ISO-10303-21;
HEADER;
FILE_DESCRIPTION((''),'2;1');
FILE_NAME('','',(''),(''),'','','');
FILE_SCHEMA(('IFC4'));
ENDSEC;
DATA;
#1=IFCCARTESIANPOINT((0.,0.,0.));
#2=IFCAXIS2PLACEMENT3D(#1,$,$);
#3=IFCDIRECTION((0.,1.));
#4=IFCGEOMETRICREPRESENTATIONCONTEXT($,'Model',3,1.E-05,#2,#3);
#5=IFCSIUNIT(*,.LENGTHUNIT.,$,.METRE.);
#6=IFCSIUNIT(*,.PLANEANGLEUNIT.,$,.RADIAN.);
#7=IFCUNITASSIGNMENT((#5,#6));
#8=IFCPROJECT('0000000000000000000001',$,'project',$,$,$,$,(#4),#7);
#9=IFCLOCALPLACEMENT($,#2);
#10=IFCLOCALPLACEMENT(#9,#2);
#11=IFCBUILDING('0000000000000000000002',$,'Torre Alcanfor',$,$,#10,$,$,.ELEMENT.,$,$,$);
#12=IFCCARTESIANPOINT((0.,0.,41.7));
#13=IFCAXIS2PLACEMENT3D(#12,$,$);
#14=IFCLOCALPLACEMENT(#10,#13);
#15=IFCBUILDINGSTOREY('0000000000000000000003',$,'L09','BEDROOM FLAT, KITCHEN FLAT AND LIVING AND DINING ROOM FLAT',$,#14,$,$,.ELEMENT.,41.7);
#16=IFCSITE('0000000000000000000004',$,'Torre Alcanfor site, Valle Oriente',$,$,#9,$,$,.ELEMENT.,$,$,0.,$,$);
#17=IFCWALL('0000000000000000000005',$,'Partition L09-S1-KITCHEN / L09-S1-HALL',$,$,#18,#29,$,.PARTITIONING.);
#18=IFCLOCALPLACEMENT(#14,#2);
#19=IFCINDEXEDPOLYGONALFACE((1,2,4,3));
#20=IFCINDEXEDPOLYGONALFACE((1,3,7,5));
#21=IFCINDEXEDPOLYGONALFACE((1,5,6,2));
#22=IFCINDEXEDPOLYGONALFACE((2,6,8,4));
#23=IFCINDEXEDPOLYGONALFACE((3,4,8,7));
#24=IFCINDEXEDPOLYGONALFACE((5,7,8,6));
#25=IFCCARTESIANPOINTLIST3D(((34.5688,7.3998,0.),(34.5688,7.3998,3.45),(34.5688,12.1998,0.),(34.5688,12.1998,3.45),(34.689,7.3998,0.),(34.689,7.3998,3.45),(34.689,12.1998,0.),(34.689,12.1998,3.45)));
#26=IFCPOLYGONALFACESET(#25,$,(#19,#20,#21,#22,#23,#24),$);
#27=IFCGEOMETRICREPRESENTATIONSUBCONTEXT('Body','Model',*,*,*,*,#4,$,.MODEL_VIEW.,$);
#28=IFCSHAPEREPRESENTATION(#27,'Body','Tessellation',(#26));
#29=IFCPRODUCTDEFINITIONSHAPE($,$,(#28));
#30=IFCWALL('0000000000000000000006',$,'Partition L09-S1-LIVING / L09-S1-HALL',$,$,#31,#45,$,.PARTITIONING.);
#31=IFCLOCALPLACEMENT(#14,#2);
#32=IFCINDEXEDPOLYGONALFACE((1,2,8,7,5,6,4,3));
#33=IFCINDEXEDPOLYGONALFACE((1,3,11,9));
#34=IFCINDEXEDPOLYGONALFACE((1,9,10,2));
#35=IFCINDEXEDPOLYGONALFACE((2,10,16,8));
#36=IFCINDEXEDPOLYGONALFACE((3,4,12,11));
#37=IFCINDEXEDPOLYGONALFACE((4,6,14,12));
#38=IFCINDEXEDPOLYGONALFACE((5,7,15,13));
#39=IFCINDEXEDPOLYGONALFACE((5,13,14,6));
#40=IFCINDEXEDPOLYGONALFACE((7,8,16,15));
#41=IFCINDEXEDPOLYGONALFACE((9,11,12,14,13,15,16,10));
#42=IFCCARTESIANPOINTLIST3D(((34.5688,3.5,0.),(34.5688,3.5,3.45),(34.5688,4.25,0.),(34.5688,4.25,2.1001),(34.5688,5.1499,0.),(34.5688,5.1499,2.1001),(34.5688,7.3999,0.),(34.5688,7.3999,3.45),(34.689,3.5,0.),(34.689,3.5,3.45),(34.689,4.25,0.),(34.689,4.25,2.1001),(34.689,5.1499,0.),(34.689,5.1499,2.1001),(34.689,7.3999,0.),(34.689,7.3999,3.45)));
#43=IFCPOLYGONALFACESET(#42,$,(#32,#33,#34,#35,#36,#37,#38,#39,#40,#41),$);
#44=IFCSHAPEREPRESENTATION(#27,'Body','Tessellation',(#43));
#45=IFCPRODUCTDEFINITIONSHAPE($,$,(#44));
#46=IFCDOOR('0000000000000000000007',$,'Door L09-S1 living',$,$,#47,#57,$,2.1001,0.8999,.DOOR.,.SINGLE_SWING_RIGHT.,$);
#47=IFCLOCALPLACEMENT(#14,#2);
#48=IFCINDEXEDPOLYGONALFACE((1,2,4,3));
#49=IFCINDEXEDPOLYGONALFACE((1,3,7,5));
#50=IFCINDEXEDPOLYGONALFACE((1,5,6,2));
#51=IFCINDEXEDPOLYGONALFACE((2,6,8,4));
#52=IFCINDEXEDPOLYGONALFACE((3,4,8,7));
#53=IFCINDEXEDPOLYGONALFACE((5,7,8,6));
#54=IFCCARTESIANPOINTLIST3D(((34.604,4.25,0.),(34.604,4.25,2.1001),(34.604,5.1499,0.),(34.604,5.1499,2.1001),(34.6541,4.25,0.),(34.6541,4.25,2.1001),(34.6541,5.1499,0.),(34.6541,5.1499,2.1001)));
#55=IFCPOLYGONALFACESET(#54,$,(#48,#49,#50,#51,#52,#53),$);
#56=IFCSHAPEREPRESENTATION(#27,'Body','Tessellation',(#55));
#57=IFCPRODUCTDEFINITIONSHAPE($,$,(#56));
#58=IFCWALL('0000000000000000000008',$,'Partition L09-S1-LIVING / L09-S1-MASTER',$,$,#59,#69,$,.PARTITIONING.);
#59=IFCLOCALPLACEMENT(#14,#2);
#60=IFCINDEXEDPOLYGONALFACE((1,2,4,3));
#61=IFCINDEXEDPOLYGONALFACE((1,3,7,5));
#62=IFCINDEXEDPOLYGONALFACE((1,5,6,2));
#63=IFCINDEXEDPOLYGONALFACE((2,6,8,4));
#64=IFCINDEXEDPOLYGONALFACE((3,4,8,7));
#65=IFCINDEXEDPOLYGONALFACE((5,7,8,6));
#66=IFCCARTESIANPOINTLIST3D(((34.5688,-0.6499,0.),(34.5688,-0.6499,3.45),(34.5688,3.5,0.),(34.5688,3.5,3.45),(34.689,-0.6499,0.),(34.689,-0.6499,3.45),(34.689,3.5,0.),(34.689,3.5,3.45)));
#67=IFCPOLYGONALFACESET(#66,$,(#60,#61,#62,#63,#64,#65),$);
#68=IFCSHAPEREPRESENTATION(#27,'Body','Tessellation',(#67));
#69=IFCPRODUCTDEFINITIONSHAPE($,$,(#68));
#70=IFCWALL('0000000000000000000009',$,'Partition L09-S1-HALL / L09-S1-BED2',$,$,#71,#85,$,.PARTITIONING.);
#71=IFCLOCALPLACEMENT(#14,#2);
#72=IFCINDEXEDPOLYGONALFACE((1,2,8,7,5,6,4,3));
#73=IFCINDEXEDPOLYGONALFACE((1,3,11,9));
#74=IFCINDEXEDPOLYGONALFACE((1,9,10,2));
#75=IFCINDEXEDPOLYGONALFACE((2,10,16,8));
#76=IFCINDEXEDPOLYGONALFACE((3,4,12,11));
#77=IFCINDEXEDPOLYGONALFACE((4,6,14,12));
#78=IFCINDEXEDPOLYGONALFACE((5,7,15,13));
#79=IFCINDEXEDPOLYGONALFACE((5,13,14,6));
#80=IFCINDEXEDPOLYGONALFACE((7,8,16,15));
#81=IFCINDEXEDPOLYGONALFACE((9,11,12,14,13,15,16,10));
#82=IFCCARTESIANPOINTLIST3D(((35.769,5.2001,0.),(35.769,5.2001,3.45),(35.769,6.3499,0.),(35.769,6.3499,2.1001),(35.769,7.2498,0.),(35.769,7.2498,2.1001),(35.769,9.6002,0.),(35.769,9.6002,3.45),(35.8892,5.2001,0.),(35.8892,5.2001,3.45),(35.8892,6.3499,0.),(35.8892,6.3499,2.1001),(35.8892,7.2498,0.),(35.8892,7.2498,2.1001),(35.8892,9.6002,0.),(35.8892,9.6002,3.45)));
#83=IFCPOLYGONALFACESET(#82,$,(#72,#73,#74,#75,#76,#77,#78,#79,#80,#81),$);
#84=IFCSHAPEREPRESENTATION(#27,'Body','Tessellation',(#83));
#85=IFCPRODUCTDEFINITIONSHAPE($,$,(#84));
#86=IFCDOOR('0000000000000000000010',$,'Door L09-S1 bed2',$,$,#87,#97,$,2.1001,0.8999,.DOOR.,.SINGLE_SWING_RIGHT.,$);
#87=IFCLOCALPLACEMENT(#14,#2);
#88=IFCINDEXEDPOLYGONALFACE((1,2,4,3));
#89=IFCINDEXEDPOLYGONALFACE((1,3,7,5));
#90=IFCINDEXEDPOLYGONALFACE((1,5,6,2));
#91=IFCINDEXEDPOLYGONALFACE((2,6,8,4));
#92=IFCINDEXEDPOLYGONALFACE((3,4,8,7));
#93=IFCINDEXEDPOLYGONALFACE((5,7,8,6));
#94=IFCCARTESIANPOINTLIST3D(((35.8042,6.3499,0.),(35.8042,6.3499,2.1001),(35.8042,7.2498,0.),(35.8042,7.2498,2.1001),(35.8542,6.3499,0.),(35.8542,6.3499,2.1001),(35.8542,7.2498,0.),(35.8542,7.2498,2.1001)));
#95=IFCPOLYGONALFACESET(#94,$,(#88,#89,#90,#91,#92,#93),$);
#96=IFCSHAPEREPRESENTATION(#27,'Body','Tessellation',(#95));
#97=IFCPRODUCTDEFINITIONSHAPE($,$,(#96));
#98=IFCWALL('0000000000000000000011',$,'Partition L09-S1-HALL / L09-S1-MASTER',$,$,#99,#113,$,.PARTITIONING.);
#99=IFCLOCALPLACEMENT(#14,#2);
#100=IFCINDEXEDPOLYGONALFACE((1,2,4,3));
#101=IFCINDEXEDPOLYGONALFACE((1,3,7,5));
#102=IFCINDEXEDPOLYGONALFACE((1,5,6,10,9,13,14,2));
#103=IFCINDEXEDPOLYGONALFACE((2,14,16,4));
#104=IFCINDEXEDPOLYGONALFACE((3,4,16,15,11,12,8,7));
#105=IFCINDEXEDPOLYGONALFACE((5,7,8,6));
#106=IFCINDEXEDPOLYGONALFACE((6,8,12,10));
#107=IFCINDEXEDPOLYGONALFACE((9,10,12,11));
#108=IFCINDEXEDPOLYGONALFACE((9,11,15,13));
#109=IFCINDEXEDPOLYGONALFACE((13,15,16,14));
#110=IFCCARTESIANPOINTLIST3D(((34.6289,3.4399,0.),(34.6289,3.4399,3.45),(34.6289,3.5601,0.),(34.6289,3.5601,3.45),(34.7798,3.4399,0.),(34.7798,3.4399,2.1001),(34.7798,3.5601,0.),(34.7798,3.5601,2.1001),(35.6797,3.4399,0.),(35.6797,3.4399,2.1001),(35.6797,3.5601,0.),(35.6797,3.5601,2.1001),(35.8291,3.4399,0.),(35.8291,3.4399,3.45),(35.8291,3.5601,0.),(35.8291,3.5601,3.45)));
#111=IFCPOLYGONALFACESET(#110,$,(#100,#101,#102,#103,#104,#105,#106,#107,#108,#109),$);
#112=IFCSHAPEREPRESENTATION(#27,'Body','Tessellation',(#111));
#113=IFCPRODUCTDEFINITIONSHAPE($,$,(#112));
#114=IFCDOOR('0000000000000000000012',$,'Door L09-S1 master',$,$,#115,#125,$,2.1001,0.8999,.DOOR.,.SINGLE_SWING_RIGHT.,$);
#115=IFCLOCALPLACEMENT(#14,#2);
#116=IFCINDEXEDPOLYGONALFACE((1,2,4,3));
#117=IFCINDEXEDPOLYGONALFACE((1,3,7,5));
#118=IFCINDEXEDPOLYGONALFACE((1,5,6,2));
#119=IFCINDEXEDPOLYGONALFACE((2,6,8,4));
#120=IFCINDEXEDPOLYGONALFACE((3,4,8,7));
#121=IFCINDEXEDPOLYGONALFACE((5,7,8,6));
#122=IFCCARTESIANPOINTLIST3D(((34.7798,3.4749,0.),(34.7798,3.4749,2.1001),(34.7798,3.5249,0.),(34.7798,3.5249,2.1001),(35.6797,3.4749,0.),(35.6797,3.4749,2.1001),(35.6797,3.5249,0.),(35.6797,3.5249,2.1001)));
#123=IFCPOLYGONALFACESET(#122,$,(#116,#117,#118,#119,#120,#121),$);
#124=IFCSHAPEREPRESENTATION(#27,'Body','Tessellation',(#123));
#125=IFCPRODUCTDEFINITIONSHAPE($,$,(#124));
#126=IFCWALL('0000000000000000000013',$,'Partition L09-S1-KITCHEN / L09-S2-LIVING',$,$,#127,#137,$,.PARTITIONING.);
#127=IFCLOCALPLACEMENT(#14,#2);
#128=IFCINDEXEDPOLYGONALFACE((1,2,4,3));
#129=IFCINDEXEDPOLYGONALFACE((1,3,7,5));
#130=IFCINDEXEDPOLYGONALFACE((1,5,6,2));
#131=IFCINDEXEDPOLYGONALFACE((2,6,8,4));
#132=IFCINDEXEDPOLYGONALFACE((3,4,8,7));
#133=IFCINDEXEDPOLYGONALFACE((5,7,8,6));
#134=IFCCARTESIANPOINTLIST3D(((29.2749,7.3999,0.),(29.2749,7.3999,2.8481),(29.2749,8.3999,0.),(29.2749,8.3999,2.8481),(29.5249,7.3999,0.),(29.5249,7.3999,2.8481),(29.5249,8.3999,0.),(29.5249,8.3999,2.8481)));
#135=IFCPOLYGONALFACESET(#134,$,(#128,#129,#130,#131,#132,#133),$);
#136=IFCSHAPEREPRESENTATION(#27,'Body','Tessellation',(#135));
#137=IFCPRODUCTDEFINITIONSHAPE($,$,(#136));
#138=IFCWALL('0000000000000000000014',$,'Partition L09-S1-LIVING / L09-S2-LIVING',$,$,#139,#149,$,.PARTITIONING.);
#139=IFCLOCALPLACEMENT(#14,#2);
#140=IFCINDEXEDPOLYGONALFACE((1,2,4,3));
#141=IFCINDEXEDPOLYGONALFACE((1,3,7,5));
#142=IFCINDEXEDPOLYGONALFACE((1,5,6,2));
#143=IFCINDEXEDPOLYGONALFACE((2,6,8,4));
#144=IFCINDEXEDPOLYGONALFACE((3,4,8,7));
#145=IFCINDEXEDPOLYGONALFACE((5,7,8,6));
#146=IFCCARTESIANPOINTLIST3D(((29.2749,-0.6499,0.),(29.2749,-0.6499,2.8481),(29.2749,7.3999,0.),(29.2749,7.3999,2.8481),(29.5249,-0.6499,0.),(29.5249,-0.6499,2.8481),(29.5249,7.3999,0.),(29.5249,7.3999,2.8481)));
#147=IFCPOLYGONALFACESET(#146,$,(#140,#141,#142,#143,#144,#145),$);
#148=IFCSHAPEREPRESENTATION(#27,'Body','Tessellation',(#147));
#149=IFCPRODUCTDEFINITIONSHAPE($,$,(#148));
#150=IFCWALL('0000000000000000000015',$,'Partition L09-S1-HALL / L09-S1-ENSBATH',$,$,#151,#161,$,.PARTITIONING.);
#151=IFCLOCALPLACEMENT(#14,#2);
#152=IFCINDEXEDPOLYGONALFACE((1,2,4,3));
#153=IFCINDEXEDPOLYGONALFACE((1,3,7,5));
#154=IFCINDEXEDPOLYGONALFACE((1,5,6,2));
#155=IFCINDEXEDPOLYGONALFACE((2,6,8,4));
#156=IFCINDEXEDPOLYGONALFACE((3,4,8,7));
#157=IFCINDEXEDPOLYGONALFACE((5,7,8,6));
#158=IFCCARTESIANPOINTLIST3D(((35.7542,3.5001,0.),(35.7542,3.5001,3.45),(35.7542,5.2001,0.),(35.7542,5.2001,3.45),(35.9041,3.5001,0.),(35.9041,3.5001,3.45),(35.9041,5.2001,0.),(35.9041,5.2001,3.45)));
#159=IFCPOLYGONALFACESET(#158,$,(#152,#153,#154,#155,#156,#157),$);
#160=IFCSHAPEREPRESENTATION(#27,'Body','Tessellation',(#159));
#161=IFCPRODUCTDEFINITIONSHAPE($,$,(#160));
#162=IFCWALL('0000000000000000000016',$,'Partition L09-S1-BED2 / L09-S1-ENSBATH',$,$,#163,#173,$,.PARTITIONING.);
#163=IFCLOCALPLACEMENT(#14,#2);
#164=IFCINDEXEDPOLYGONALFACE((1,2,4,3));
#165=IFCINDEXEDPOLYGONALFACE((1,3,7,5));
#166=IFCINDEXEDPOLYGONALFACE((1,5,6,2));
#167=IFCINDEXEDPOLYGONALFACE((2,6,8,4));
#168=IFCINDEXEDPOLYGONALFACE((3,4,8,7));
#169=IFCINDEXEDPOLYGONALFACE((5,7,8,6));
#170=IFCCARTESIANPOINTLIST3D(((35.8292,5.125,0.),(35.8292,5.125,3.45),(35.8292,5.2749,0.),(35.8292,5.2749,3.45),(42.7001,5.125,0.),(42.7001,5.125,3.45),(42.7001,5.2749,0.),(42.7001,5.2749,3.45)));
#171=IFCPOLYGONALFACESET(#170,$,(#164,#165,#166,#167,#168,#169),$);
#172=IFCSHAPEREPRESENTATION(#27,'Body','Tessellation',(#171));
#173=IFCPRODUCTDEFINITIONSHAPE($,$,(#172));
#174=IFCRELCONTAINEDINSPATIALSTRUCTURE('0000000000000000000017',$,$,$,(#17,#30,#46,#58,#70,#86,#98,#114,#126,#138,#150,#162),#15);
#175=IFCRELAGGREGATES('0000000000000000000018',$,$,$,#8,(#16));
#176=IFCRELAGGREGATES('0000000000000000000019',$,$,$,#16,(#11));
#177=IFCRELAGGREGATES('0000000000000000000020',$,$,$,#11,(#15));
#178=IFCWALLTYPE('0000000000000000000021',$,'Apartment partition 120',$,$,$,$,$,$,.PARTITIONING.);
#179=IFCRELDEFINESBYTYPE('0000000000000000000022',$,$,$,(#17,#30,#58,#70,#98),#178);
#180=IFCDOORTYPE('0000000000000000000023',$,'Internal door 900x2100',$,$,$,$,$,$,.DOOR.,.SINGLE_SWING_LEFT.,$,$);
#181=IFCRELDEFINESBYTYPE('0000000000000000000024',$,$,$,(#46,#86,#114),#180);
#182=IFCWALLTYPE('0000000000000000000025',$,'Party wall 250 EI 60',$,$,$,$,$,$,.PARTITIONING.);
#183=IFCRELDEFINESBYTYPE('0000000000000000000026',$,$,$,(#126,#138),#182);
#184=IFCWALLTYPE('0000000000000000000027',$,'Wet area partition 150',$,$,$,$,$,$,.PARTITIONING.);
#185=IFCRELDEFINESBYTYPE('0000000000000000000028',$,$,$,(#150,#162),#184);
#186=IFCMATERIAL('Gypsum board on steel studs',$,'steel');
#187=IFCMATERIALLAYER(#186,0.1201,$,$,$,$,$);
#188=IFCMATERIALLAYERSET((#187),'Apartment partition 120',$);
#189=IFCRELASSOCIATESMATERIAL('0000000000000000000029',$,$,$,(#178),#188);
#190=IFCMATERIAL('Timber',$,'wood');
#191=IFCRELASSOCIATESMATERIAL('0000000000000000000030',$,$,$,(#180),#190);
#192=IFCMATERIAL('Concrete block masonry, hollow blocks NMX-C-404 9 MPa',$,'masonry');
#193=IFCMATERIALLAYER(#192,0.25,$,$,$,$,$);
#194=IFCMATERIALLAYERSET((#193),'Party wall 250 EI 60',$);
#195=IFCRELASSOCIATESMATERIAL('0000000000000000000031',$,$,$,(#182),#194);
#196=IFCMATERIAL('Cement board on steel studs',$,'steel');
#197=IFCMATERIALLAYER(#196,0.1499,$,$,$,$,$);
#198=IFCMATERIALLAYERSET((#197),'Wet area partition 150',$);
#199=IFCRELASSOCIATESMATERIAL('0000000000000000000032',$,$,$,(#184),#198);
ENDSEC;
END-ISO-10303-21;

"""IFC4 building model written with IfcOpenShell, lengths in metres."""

from ifc_helpers import new_model, si_unit, direction, frame, frame_2d, origin, place, context, subcontext, project, spatial, rectangle, extrude, material, layer, layer_set, type_object, element, fill, save


model = new_model("IFC4")

# Units and contexts
model_context = context("Model", 3, precision=1e-05, world=origin(), true_north=direction((0.0, 1.0)))
body_context = subcontext(model_context, "Body", "Model", "MODEL_VIEW")
ifc_project = project(units=[si_unit("LENGTHUNIT", "METRE"), si_unit("PLANEANGLEUNIT", "RADIAN")], contexts=[model_context])

# Site, building, storey
site_placement = place(None, origin())
site = spatial("IfcSite", under=ifc_project, at=site_placement, Name="Torre Alcanfor site, Valle Oriente", CompositionType="ELEMENT", RefElevation=0.0)
building_placement = place(site_placement, origin())
building = spatial("IfcBuilding", under=site, at=building_placement, Name="Torre Alcanfor", CompositionType="ELEMENT")
storey_placement = place(building_placement, frame((0.0, 0.0, 41.7)))
storey = spatial("IfcBuildingStorey", under=building, at=storey_placement, Name="L09", Description="BEDROOM FLAT, KITCHEN FLAT AND LIVING AND DINING ROOM FLAT", CompositionType="ELEMENT", Elevation=41.7)

# Wall
ifc_material_1 = material(Name="Gypsum board on steel studs", Category="steel")
ifc_layer_1 = layer(ifc_material_1, 0.1201)
ifc_layer_set_1 = layer_set([ifc_layer_1], Name="Apartment partition 120")
wall_type_1 = type_object("IfcWallType", Name="Apartment partition 120", PredefinedType="PARTITIONING", material=ifc_layer_set_1)
wall_1_placement = place(storey_placement, frame((34.6289, 7.3999, 0.0), z_axis=(0.0, 0.0, 1.0), x_axis=(0.0, 1.0, 0.0)))
element("IfcWall", 1, at=wall_1_placement, inside=storey, type_object=wall_type_1, Name="Partition L09-S1-KITCHEN / L09-S1-HALL", PredefinedType="PARTITIONING", context=body_context, shape_type="SweptSolid", body=[
    extrude(rectangle(XDim=4.8, YDim=0.1201, at=frame_2d((2.3999, 0.0))), origin(), (0.0, 0.0, 1.0), 3.45),
])

# Wall, opening, door
wall_2_placement = place(storey_placement, frame((34.6289, 3.5, 0.0), z_axis=(0.0, 0.0, 1.0), x_axis=(0.0, 1.0, 0.0)))
wall_2 = element("IfcWall", 2, at=wall_2_placement, inside=storey, type_object=wall_type_1, Name="Partition L09-S1-LIVING / L09-S1-HALL", PredefinedType="PARTITIONING", context=body_context, shape_type="SweptSolid", body=[
    extrude(rectangle(XDim=3.8999, YDim=0.1201, at=frame_2d((1.95, 0.0))), origin(), (0.0, 0.0, 1.0), 3.45),
])
opening_1_placement = place(wall_2_placement, frame((0.75, 0.0, 0.0)))
opening_1 = element("IfcOpeningElement", 3, at=opening_1_placement, cuts=wall_2, PredefinedType="OPENING", context=body_context, shape_type="SweptSolid", body=[
    extrude(rectangle(XDim=0.8999, YDim=2.1001, at=frame_2d((0.45, 1.05))), frame((0.0, 0.0701, 0.0), z_axis=(0.0, -1.0, 0.0), x_axis=(1.0, 0.0, 0.0)), (0.0, 0.0, 1.0), 0.1401),
])
ifc_material_2 = material(Name="Timber", Category="wood")
door_type_1 = type_object("IfcDoorType", Name="Internal door 900x2100", OperationType="SINGLE_SWING_LEFT", PredefinedType="DOOR", material=ifc_material_2)
door_1_placement = place(opening_1_placement, origin())
door_1 = element("IfcDoor", 4, at=door_1_placement, inside=storey, type_object=door_type_1, Name="Door L09-S1 living", OperationType="SINGLE_SWING_RIGHT", OverallHeight=2.1001, OverallWidth=0.8999, PredefinedType="DOOR", context=body_context, shape_type="SweptSolid", body=[
    extrude(rectangle(XDim=0.8999, YDim=2.1001, at=frame_2d((0.45, 1.05))), frame((0.0, 0.0249, 0.0), z_axis=(0.0, -1.0, 0.0), x_axis=(1.0, 0.0, 0.0)), (0.0, 0.0, 1.0), 0.05),
])
fill(opening_1, door_1)

# Wall
wall_3_placement = place(storey_placement, frame((34.6289, -0.6499, 0.0), z_axis=(0.0, 0.0, 1.0), x_axis=(0.0, 1.0, 0.0)))
element("IfcWall", 5, at=wall_3_placement, inside=storey, type_object=wall_type_1, Name="Partition L09-S1-LIVING / L09-S1-MASTER", PredefinedType="PARTITIONING", context=body_context, shape_type="SweptSolid", body=[
    extrude(rectangle(XDim=4.1499, YDim=0.1201, at=frame_2d((2.075, 0.0))), origin(), (0.0, 0.0, 1.0), 3.45),
])

# Walls, openings, doors
wall_4_placement = place(storey_placement, frame((35.8291, 5.2, 0.0), z_axis=(0.0, 0.0, 1.0), x_axis=(0.0, 1.0, 0.0)))
wall_4 = element("IfcWall", 6, at=wall_4_placement, inside=storey, type_object=wall_type_1, Name="Partition L09-S1-HALL / L09-S1-BED2", PredefinedType="PARTITIONING", context=body_context, shape_type="SweptSolid", body=[
    extrude(rectangle(XDim=4.4001, YDim=0.1201, at=frame_2d((2.2002, 0.0))), origin(), (0.0, 0.0, 1.0), 3.45),
])
opening_2_placement = place(wall_4_placement, frame((1.1499, 0.0, 0.0)))
opening_2 = element("IfcOpeningElement", 7, at=opening_2_placement, cuts=wall_4, PredefinedType="OPENING", context=body_context, shape_type="SweptSolid", body=[
    extrude(rectangle(XDim=0.8999, YDim=2.1001, at=frame_2d((0.45, 1.05))), frame((0.0, 0.0701, 0.0), z_axis=(0.0, -1.0, 0.0), x_axis=(1.0, 0.0, 0.0)), (0.0, 0.0, 1.0), 0.1401),
])
door_2_placement = place(opening_2_placement, frame((0.8999, 0.0, 0.0), z_axis=(0.0, 0.0, 1.0), x_axis=(-1.0, 0.0, 0.0)))
door_2 = element("IfcDoor", 8, at=door_2_placement, inside=storey, type_object=door_type_1, Name="Door L09-S1 bed2", OperationType="SINGLE_SWING_RIGHT", OverallHeight=2.1001, OverallWidth=0.8999, PredefinedType="DOOR", context=body_context, shape_type="SweptSolid", body=[
    extrude(rectangle(XDim=0.8999, YDim=2.1001, at=frame_2d((0.45, 1.05))), frame((0.0, 0.0251, 0.0), z_axis=(0.0, -1.0, 0.0), x_axis=(1.0, 0.0, 0.0)), (0.0, 0.0, 1.0), 0.05),
])
fill(opening_2, door_2)
wall_5_placement = place(storey_placement, frame((34.6289, 3.5, 0.0), z_axis=(0.0, 0.0, 1.0), x_axis=(1.0, 0.0, 0.0)))
wall_5 = element("IfcWall", 9, at=wall_5_placement, inside=storey, type_object=wall_type_1, Name="Partition L09-S1-HALL / L09-S1-MASTER", PredefinedType="PARTITIONING", context=body_context, shape_type="SweptSolid", body=[
    extrude(rectangle(XDim=1.2002, YDim=0.1201, at=frame_2d((0.6001, 0.0))), origin(), (0.0, 0.0, 1.0), 3.45),
])
opening_3_placement = place(wall_5_placement, frame((0.1509, 0.0, 0.0)))
opening_3 = element("IfcOpeningElement", 10, at=opening_3_placement, cuts=wall_5, PredefinedType="OPENING", context=body_context, shape_type="SweptSolid", body=[
    extrude(rectangle(XDim=0.8999, YDim=2.1001, at=frame_2d((0.45, 1.05))), frame((0.0, 0.0701, 0.0), z_axis=(0.0, -1.0, 0.0), x_axis=(1.0, 0.0, 0.0)), (0.0, 0.0, 1.0), 0.1401),
])
door_3_placement = place(opening_3_placement, frame((0.8999, 0.0, 0.0), z_axis=(0.0, 0.0, 1.0), x_axis=(-1.0, 0.0, 0.0)))
door_3 = element("IfcDoor", 11, at=door_3_placement, inside=storey, type_object=door_type_1, Name="Door L09-S1 master", OperationType="SINGLE_SWING_RIGHT", OverallHeight=2.1001, OverallWidth=0.8999, PredefinedType="DOOR", context=body_context, shape_type="SweptSolid", body=[
    extrude(rectangle(XDim=0.8999, YDim=2.1001, at=frame_2d((0.45, 1.05))), frame((0.0, 0.0251, 0.0), z_axis=(0.0, -1.0, 0.0), x_axis=(1.0, 0.0, 0.0)), (0.0, 0.0, 1.0), 0.05),
])
fill(opening_3, door_3)

# Walls
ifc_material_3 = material(Name="Concrete block masonry, hollow blocks NMX-C-404 9 MPa", Category="masonry")
ifc_layer_2 = layer(ifc_material_3, 0.25)
ifc_layer_set_2 = layer_set([ifc_layer_2], Name="Party wall 250 EI 60")
wall_type_2 = type_object("IfcWallType", Name="Party wall 250 EI 60", PredefinedType="PARTITIONING", material=ifc_layer_set_2)
wall_6_placement = place(storey_placement, frame((29.3999, 8.3999, 0.0), z_axis=(0.0, 0.0, 1.0), x_axis=(0.0, -1.0, 0.0)))
element("IfcWall", 12, at=wall_6_placement, inside=storey, type_object=wall_type_2, Name="Partition L09-S1-KITCHEN / L09-S2-LIVING", PredefinedType="PARTITIONING", context=body_context, shape_type="SweptSolid", body=[
    extrude(rectangle(XDim=1.0, YDim=0.25, at=frame_2d((0.5, 0.0))), origin(), (0.0, 0.0, 1.0), 2.8481),
])
wall_7_placement = place(storey_placement, frame((29.3999, 7.3999, 0.0), z_axis=(0.0, 0.0, 1.0), x_axis=(0.0, -1.0, 0.0)))
element("IfcWall", 13, at=wall_7_placement, inside=storey, type_object=wall_type_2, Name="Partition L09-S1-LIVING / L09-S2-LIVING", PredefinedType="PARTITIONING", context=body_context, shape_type="SweptSolid", body=[
    extrude(rectangle(XDim=8.0498, YDim=0.25, at=frame_2d((4.0249, 0.0))), origin(), (0.0, 0.0, 1.0), 2.8481),
])
ifc_material_4 = material(Name="Cement board on steel studs", Category="steel")
ifc_layer_3 = layer(ifc_material_4, 0.1499)
ifc_layer_set_3 = layer_set([ifc_layer_3], Name="Wet area partition 150")
wall_type_3 = type_object("IfcWallType", Name="Wet area partition 150", PredefinedType="PARTITIONING", material=ifc_layer_set_3)
wall_8_placement = place(storey_placement, frame((35.8291, 3.5, 0.0), z_axis=(0.0, 0.0, 1.0), x_axis=(0.0, 1.0, 0.0)))
element("IfcWall", 14, at=wall_8_placement, inside=storey, type_object=wall_type_3, Name="Partition L09-S1-HALL / L09-S1-ENSBATH", PredefinedType="PARTITIONING", context=body_context, shape_type="SweptSolid", body=[
    extrude(rectangle(XDim=1.7, YDim=0.1499, at=frame_2d((0.8501, 0.0))), origin(), (0.0, 0.0, 1.0), 3.45),
])
wall_9_placement = place(storey_placement, frame((35.8291, 5.2, 0.0), z_axis=(0.0, 0.0, 1.0), x_axis=(1.0, 0.0, 0.0)))
element("IfcWall", 15, at=wall_9_placement, inside=storey, type_object=wall_type_3, Name="Partition L09-S1-BED2 / L09-S1-ENSBATH", PredefinedType="PARTITIONING", context=body_context, shape_type="SweptSolid", body=[
    extrude(rectangle(XDim=6.8708, YDim=0.1499, at=frame_2d((3.4355, 0.0))), origin(), (0.0, 0.0, 1.0), 3.45),
])

save(model, "model.ifc")
